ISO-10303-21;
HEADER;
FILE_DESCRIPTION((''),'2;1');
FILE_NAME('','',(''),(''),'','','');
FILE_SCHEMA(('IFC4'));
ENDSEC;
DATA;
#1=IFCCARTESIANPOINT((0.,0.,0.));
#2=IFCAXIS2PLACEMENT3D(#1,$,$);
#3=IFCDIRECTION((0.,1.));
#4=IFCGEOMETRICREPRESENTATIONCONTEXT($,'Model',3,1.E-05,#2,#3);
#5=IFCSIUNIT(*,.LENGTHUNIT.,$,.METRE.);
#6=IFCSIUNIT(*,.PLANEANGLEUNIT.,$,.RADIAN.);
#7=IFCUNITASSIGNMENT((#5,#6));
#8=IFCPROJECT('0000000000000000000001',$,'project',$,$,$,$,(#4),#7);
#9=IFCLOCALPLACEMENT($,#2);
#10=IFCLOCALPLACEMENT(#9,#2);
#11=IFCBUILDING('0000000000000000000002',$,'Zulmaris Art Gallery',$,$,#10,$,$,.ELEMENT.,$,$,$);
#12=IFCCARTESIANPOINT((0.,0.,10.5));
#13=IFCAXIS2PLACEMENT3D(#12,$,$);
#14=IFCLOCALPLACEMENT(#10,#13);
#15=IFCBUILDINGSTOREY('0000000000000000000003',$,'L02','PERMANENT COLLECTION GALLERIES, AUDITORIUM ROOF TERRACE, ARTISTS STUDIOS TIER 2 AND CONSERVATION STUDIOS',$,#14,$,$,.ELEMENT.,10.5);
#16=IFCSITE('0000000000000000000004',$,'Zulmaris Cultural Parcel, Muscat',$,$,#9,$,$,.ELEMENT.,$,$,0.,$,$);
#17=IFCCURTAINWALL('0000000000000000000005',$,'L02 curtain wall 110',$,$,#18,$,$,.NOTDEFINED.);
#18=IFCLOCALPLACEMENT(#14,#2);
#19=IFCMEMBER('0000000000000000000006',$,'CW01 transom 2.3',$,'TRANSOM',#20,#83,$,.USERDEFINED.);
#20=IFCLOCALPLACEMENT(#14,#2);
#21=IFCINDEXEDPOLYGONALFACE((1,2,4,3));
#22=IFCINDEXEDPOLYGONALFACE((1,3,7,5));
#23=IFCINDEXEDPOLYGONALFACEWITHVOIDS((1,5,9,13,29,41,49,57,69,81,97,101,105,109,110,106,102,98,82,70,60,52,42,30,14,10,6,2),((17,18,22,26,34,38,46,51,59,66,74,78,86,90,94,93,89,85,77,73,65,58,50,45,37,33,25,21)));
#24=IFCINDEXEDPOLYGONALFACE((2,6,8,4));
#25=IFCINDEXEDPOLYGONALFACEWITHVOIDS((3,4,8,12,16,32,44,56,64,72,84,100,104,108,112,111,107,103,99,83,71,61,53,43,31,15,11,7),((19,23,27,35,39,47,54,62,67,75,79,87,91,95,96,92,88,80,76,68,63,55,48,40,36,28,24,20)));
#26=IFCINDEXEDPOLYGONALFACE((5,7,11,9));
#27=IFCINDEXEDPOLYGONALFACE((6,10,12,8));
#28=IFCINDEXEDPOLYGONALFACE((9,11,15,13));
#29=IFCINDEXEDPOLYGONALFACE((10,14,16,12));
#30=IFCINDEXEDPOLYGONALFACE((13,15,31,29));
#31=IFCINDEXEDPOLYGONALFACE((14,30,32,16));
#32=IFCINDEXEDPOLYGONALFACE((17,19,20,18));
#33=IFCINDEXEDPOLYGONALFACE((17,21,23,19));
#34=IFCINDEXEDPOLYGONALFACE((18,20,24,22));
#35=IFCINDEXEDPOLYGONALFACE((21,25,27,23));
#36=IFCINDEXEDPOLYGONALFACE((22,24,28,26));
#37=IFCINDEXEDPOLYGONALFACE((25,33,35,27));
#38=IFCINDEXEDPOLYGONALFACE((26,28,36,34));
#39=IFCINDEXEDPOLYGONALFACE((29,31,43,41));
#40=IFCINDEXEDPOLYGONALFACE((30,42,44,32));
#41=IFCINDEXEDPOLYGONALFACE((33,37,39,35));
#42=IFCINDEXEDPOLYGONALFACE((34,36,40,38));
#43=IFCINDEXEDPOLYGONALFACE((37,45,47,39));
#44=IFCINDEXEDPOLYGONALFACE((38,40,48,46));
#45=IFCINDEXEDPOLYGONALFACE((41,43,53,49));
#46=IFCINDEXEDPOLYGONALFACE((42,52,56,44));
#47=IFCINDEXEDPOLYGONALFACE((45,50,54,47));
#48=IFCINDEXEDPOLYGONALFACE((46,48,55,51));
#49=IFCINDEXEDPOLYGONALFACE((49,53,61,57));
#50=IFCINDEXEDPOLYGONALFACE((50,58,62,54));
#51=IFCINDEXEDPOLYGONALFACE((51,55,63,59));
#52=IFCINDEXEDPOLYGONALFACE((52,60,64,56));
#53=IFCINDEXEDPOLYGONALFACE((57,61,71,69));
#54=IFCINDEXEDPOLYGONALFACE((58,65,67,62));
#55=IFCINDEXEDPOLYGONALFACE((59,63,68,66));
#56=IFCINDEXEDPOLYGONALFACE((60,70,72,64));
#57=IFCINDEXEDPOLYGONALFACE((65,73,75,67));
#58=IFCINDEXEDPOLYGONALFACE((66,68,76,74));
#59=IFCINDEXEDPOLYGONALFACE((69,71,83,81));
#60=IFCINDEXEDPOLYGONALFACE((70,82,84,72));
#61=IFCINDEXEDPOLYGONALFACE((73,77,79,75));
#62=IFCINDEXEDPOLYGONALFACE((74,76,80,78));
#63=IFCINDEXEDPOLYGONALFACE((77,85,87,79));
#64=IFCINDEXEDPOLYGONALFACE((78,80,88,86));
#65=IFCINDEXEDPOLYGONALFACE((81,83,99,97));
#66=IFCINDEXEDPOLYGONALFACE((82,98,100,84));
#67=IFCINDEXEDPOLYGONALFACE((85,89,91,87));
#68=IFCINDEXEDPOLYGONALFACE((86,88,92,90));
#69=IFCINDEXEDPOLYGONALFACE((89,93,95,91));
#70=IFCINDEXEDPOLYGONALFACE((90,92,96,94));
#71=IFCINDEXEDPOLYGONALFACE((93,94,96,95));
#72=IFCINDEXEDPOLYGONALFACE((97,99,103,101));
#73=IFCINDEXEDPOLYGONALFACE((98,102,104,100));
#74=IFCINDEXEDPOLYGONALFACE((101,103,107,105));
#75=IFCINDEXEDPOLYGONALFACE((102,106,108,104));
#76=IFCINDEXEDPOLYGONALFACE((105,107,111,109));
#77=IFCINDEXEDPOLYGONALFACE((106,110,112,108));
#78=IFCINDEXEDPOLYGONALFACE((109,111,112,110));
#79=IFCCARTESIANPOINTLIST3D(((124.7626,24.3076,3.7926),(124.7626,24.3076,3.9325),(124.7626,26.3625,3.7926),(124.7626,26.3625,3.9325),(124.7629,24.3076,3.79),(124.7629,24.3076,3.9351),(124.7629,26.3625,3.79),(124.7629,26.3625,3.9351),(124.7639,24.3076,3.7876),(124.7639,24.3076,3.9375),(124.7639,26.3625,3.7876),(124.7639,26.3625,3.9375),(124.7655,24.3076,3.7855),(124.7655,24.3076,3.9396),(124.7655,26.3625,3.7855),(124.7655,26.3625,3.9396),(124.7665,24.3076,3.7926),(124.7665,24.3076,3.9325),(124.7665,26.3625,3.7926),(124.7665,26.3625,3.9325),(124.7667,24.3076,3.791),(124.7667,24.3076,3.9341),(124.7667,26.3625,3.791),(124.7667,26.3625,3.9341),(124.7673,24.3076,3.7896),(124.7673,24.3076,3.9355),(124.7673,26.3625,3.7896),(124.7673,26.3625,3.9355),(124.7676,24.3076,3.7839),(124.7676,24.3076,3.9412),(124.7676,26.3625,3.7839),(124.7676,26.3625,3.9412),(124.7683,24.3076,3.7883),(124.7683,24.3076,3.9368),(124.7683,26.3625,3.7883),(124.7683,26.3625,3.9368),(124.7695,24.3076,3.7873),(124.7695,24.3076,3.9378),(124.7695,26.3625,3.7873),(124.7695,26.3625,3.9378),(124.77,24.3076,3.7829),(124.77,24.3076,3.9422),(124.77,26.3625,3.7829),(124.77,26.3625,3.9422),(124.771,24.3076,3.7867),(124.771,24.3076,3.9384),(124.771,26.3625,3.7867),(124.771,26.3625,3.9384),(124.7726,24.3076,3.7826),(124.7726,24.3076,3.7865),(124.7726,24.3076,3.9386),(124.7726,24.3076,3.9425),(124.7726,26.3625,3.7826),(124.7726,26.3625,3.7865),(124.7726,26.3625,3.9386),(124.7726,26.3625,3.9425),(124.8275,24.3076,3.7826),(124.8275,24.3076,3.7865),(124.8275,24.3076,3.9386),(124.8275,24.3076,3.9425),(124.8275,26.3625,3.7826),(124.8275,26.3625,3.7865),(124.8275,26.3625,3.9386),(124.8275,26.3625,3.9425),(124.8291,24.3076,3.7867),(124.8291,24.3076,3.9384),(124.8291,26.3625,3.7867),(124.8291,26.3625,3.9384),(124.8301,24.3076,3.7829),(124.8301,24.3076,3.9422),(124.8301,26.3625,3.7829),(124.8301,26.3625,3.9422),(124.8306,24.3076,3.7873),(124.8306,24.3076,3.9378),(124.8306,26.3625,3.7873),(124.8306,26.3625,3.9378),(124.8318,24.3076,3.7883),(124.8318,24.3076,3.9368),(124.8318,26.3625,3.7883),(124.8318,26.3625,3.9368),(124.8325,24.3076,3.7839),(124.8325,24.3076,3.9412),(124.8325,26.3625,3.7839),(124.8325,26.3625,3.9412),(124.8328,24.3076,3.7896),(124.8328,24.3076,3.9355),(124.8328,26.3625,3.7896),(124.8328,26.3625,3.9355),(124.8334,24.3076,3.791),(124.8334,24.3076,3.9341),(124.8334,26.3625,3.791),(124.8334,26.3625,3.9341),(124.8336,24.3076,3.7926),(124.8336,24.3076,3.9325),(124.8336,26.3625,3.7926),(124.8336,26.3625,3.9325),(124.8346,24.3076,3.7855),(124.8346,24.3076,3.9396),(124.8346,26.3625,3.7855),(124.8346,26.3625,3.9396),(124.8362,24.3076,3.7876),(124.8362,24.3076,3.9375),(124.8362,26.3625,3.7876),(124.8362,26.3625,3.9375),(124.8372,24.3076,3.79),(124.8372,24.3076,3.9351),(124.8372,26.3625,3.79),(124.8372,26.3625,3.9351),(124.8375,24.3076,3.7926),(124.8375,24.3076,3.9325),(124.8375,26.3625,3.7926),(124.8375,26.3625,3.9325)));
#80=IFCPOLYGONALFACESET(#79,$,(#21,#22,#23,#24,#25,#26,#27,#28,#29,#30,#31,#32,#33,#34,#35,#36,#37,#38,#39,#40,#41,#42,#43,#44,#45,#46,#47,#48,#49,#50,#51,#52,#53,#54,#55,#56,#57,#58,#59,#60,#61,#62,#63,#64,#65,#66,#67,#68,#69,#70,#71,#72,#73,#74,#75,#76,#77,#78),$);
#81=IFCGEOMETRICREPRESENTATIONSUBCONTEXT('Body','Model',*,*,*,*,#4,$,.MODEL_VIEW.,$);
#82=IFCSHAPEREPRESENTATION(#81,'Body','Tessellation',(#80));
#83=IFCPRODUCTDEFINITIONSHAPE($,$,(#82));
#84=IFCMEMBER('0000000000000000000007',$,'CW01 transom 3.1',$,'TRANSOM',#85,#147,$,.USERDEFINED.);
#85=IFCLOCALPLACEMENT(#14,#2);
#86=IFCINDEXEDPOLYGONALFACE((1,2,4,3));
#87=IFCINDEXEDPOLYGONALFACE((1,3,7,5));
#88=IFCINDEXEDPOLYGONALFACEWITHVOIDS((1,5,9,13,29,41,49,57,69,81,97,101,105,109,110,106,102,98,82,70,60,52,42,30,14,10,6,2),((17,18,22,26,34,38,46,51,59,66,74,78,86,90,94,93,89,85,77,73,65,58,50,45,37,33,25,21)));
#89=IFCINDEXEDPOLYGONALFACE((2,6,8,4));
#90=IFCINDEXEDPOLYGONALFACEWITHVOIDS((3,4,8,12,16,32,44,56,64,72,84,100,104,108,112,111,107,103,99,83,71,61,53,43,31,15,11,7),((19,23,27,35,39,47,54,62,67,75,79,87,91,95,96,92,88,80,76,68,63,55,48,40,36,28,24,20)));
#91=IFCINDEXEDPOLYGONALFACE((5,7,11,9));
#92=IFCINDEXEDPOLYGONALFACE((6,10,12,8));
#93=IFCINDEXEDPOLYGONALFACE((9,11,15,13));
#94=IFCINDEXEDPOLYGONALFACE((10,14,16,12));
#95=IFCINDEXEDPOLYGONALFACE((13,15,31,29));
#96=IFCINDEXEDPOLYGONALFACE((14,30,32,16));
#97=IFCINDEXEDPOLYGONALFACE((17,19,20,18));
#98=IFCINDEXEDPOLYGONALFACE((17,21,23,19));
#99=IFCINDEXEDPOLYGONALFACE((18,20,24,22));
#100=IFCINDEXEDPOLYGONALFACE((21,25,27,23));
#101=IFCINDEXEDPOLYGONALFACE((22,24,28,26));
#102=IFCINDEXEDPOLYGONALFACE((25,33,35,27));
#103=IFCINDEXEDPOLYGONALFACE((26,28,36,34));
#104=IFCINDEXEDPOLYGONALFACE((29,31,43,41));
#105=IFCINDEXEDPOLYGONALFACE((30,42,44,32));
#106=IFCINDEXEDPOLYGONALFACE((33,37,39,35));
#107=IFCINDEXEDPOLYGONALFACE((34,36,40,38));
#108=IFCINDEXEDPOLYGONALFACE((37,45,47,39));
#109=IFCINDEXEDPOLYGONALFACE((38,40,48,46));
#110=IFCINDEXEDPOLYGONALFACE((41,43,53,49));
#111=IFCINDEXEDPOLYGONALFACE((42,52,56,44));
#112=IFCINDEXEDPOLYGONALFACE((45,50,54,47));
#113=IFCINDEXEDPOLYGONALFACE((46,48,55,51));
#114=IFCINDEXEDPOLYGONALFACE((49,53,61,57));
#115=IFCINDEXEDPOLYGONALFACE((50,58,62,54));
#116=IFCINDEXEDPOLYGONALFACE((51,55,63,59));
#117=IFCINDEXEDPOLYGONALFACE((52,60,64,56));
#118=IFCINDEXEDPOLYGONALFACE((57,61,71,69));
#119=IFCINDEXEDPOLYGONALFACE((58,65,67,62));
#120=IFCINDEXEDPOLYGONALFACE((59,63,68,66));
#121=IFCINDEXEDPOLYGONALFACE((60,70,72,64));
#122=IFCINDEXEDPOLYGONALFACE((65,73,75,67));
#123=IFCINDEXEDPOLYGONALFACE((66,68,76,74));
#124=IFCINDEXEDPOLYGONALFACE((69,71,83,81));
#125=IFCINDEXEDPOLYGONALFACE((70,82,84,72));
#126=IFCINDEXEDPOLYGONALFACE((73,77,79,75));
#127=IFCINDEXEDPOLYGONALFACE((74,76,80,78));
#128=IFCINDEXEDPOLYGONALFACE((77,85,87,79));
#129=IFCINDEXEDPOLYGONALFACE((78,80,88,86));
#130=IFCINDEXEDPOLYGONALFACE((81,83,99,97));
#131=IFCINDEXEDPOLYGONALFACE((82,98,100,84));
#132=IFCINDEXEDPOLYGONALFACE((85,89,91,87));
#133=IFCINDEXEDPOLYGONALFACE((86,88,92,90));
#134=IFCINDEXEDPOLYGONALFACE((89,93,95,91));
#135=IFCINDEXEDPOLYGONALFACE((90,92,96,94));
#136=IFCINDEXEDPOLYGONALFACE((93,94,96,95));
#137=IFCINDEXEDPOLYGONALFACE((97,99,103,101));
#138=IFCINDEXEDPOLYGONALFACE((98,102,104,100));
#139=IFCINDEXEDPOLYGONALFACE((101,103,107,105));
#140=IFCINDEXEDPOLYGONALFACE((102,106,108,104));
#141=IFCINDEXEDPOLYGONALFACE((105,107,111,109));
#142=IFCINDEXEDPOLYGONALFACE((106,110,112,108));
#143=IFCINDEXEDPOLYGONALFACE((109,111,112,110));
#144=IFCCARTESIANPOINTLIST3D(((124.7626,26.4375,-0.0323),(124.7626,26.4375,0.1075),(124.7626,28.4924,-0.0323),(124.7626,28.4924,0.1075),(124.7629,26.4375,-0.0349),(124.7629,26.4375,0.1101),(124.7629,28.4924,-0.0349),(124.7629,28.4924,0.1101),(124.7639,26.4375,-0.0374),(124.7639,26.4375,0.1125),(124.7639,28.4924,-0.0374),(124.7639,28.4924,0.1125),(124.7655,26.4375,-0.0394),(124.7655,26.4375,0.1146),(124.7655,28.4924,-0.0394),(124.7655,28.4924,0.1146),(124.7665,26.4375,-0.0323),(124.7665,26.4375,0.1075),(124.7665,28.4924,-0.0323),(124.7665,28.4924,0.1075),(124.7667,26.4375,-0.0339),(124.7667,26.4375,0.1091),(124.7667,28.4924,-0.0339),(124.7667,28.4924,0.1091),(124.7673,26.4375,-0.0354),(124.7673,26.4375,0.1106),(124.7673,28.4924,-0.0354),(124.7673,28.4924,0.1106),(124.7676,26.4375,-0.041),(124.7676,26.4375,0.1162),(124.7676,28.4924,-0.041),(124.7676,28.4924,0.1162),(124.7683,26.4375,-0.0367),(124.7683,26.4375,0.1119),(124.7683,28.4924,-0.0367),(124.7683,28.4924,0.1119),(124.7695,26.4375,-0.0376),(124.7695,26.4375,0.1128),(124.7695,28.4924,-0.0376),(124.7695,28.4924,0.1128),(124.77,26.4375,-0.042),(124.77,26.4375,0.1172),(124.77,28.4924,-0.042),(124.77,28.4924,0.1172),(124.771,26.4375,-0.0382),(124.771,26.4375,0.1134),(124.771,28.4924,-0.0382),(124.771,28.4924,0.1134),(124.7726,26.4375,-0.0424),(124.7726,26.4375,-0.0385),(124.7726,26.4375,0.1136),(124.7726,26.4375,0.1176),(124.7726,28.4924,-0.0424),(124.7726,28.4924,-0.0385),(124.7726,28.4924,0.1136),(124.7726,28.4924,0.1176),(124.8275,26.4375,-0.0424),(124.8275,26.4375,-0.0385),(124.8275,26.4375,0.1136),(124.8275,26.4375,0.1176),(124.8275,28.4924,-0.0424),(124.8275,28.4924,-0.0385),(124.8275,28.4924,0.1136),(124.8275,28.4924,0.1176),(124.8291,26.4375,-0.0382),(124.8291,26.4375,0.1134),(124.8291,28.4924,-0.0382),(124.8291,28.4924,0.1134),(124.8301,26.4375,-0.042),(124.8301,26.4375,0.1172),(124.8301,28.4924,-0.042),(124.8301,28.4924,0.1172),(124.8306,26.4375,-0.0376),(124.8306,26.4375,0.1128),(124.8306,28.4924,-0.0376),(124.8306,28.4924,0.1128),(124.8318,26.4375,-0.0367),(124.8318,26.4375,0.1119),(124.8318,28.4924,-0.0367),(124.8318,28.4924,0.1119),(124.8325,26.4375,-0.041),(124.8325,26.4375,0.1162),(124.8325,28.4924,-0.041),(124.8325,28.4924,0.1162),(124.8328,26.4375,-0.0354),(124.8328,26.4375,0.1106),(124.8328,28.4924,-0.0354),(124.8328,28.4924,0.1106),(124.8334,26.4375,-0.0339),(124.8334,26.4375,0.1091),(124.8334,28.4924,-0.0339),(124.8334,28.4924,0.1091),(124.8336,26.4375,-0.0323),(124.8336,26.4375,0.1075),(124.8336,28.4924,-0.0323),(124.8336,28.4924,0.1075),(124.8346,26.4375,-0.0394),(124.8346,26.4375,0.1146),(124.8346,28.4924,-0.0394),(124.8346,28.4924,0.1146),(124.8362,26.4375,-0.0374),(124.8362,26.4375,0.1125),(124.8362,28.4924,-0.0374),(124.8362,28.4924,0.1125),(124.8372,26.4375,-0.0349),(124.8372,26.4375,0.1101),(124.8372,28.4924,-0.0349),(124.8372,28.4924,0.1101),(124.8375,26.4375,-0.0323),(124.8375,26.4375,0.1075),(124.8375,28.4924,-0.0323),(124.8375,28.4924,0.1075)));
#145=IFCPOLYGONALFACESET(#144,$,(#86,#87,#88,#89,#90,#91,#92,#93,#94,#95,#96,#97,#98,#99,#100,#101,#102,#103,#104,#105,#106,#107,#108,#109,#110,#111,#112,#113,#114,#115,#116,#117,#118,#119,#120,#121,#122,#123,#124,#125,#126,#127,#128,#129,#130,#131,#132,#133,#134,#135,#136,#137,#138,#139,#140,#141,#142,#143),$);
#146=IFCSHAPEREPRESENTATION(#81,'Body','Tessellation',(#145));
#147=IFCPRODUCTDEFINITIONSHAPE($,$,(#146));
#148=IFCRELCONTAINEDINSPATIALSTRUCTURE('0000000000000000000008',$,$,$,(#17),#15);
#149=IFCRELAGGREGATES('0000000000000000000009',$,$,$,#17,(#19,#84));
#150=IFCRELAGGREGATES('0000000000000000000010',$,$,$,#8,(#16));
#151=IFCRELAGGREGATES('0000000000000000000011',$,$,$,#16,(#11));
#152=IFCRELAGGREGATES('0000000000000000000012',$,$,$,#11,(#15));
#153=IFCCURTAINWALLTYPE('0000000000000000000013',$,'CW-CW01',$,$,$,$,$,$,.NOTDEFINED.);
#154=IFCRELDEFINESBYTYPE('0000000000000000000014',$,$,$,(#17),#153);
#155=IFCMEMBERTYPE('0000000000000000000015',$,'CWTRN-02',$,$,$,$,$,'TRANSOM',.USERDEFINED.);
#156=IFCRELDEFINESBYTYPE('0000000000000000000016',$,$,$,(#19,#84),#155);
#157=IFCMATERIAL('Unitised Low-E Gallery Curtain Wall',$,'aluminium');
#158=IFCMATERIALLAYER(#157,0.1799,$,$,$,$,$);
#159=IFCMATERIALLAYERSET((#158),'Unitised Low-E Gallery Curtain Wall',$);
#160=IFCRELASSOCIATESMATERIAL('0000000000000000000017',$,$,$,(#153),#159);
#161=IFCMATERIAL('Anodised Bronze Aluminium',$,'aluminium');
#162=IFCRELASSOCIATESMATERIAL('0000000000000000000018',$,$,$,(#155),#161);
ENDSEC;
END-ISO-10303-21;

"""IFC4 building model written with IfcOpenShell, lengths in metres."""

from ifc_helpers import new_model, si_unit, direction, frame, origin, origin_2d, place, context, subcontext, project, spatial, hollow_rectangle, extrude, material, layer, layer_set, material_profile, profile_set, type_object, element, aggregate, save


model = new_model("IFC4")

# Units and contexts
model_context = context("Model", 3, precision=1e-05, world=origin(), true_north=direction((0.0, 1.0)))
body_context = subcontext(model_context, "Body", "Model", "MODEL_VIEW")
ifc_project = project(units=[si_unit("LENGTHUNIT", "METRE"), si_unit("PLANEANGLEUNIT", "RADIAN")], contexts=[model_context])

# Site, building, storey
site_placement = place(None, origin())
site = spatial("IfcSite", under=ifc_project, at=site_placement, Name="Zulmaris Cultural Parcel, Muscat", CompositionType="ELEMENT", RefElevation=0.0)
building_placement = place(site_placement, origin())
building = spatial("IfcBuilding", under=site, at=building_placement, Name="Zulmaris Art Gallery", CompositionType="ELEMENT")
storey_placement = place(building_placement, frame((0.0, 0.0, 10.5)))
storey = spatial("IfcBuildingStorey", under=building, at=storey_placement, Name="L02", Description="PERMANENT COLLECTION GALLERIES, AUDITORIUM ROOF TERRACE, ARTISTS STUDIOS TIER 2 AND CONSERVATION STUDIOS", CompositionType="ELEMENT", Elevation=10.5)

# Curtain wall, members
ifc_material_1 = material(Name="Unitised Low-E Gallery Curtain Wall", Category="aluminium")
ifc_layer_1 = layer(ifc_material_1, 0.1799)
ifc_layer_set_1 = layer_set([ifc_layer_1], Name="Unitised Low-E Gallery Curtain Wall")
curtain_wall_type = type_object("IfcCurtainWallType", Name="CW-CW01", PredefinedType="NOTDEFINED", material=ifc_layer_set_1)
curtain_wall_placement = place(storey_placement, origin())
curtain_wall = element("IfcCurtainWall", 1, at=curtain_wall_placement, inside=storey, type_object=curtain_wall_type, Name="L02 curtain wall 110", PredefinedType="NOTDEFINED")
ifc_material_2 = material(Name="Anodised Bronze Aluminium", Category="aluminium")
ifc_material_profile_1 = material_profile(ifc_material_2, hollow_rectangle(XDim=0.075, YDim=0.1599, WallThickness=0.0039, InnerFilletRadius=0.0061, OuterFilletRadius=0.01, at=origin_2d()), Name="ALU 75x160x4")
ifc_profile_set_1 = profile_set([ifc_material_profile_1], Name="Anodised Bronze Aluminium")
member_type_1 = type_object("IfcMemberType", Name="CWTRN-02", ElementType="TRANSOM", PredefinedType="USERDEFINED", material=ifc_profile_set_1)
member_1_placement = place(storey_placement, frame((124.8, 24.3076, 3.8625), z_axis=(0.0, 1.0, 0.0), x_axis=(-1.0, 0.0, 0.0)))
member_1 = element("IfcMember", 2, at=member_1_placement, type_object=member_type_1, Name="CW01 transom 2.3", ObjectType="TRANSOM", PredefinedType="USERDEFINED", context=body_context, shape_type="SweptSolid", body=[
    extrude(hollow_rectangle(XDim=0.075, YDim=0.1599, WallThickness=0.0039, InnerFilletRadius=0.0061, OuterFilletRadius=0.01, at=origin_2d()), origin(), (0.0, 0.0, 1.0), 2.0549),
])
member_2_placement = place(storey_placement, frame((124.8, 26.4375, 0.0376), z_axis=(0.0, 1.0, 0.0), x_axis=(-1.0, 0.0, 0.0)))
member_2 = element("IfcMember", 3, at=member_2_placement, type_object=member_type_1, Name="CW01 transom 3.1", ObjectType="TRANSOM", PredefinedType="USERDEFINED", context=body_context, shape_type="SweptSolid", body=[
    extrude(hollow_rectangle(XDim=0.075, YDim=0.1599, WallThickness=0.0039, InnerFilletRadius=0.0061, OuterFilletRadius=0.01, at=origin_2d()), origin(), (0.0, 0.0, 1.0), 2.0549),
])
aggregate(curtain_wall, [member_1, member_2])

save(model, "model.ifc")
